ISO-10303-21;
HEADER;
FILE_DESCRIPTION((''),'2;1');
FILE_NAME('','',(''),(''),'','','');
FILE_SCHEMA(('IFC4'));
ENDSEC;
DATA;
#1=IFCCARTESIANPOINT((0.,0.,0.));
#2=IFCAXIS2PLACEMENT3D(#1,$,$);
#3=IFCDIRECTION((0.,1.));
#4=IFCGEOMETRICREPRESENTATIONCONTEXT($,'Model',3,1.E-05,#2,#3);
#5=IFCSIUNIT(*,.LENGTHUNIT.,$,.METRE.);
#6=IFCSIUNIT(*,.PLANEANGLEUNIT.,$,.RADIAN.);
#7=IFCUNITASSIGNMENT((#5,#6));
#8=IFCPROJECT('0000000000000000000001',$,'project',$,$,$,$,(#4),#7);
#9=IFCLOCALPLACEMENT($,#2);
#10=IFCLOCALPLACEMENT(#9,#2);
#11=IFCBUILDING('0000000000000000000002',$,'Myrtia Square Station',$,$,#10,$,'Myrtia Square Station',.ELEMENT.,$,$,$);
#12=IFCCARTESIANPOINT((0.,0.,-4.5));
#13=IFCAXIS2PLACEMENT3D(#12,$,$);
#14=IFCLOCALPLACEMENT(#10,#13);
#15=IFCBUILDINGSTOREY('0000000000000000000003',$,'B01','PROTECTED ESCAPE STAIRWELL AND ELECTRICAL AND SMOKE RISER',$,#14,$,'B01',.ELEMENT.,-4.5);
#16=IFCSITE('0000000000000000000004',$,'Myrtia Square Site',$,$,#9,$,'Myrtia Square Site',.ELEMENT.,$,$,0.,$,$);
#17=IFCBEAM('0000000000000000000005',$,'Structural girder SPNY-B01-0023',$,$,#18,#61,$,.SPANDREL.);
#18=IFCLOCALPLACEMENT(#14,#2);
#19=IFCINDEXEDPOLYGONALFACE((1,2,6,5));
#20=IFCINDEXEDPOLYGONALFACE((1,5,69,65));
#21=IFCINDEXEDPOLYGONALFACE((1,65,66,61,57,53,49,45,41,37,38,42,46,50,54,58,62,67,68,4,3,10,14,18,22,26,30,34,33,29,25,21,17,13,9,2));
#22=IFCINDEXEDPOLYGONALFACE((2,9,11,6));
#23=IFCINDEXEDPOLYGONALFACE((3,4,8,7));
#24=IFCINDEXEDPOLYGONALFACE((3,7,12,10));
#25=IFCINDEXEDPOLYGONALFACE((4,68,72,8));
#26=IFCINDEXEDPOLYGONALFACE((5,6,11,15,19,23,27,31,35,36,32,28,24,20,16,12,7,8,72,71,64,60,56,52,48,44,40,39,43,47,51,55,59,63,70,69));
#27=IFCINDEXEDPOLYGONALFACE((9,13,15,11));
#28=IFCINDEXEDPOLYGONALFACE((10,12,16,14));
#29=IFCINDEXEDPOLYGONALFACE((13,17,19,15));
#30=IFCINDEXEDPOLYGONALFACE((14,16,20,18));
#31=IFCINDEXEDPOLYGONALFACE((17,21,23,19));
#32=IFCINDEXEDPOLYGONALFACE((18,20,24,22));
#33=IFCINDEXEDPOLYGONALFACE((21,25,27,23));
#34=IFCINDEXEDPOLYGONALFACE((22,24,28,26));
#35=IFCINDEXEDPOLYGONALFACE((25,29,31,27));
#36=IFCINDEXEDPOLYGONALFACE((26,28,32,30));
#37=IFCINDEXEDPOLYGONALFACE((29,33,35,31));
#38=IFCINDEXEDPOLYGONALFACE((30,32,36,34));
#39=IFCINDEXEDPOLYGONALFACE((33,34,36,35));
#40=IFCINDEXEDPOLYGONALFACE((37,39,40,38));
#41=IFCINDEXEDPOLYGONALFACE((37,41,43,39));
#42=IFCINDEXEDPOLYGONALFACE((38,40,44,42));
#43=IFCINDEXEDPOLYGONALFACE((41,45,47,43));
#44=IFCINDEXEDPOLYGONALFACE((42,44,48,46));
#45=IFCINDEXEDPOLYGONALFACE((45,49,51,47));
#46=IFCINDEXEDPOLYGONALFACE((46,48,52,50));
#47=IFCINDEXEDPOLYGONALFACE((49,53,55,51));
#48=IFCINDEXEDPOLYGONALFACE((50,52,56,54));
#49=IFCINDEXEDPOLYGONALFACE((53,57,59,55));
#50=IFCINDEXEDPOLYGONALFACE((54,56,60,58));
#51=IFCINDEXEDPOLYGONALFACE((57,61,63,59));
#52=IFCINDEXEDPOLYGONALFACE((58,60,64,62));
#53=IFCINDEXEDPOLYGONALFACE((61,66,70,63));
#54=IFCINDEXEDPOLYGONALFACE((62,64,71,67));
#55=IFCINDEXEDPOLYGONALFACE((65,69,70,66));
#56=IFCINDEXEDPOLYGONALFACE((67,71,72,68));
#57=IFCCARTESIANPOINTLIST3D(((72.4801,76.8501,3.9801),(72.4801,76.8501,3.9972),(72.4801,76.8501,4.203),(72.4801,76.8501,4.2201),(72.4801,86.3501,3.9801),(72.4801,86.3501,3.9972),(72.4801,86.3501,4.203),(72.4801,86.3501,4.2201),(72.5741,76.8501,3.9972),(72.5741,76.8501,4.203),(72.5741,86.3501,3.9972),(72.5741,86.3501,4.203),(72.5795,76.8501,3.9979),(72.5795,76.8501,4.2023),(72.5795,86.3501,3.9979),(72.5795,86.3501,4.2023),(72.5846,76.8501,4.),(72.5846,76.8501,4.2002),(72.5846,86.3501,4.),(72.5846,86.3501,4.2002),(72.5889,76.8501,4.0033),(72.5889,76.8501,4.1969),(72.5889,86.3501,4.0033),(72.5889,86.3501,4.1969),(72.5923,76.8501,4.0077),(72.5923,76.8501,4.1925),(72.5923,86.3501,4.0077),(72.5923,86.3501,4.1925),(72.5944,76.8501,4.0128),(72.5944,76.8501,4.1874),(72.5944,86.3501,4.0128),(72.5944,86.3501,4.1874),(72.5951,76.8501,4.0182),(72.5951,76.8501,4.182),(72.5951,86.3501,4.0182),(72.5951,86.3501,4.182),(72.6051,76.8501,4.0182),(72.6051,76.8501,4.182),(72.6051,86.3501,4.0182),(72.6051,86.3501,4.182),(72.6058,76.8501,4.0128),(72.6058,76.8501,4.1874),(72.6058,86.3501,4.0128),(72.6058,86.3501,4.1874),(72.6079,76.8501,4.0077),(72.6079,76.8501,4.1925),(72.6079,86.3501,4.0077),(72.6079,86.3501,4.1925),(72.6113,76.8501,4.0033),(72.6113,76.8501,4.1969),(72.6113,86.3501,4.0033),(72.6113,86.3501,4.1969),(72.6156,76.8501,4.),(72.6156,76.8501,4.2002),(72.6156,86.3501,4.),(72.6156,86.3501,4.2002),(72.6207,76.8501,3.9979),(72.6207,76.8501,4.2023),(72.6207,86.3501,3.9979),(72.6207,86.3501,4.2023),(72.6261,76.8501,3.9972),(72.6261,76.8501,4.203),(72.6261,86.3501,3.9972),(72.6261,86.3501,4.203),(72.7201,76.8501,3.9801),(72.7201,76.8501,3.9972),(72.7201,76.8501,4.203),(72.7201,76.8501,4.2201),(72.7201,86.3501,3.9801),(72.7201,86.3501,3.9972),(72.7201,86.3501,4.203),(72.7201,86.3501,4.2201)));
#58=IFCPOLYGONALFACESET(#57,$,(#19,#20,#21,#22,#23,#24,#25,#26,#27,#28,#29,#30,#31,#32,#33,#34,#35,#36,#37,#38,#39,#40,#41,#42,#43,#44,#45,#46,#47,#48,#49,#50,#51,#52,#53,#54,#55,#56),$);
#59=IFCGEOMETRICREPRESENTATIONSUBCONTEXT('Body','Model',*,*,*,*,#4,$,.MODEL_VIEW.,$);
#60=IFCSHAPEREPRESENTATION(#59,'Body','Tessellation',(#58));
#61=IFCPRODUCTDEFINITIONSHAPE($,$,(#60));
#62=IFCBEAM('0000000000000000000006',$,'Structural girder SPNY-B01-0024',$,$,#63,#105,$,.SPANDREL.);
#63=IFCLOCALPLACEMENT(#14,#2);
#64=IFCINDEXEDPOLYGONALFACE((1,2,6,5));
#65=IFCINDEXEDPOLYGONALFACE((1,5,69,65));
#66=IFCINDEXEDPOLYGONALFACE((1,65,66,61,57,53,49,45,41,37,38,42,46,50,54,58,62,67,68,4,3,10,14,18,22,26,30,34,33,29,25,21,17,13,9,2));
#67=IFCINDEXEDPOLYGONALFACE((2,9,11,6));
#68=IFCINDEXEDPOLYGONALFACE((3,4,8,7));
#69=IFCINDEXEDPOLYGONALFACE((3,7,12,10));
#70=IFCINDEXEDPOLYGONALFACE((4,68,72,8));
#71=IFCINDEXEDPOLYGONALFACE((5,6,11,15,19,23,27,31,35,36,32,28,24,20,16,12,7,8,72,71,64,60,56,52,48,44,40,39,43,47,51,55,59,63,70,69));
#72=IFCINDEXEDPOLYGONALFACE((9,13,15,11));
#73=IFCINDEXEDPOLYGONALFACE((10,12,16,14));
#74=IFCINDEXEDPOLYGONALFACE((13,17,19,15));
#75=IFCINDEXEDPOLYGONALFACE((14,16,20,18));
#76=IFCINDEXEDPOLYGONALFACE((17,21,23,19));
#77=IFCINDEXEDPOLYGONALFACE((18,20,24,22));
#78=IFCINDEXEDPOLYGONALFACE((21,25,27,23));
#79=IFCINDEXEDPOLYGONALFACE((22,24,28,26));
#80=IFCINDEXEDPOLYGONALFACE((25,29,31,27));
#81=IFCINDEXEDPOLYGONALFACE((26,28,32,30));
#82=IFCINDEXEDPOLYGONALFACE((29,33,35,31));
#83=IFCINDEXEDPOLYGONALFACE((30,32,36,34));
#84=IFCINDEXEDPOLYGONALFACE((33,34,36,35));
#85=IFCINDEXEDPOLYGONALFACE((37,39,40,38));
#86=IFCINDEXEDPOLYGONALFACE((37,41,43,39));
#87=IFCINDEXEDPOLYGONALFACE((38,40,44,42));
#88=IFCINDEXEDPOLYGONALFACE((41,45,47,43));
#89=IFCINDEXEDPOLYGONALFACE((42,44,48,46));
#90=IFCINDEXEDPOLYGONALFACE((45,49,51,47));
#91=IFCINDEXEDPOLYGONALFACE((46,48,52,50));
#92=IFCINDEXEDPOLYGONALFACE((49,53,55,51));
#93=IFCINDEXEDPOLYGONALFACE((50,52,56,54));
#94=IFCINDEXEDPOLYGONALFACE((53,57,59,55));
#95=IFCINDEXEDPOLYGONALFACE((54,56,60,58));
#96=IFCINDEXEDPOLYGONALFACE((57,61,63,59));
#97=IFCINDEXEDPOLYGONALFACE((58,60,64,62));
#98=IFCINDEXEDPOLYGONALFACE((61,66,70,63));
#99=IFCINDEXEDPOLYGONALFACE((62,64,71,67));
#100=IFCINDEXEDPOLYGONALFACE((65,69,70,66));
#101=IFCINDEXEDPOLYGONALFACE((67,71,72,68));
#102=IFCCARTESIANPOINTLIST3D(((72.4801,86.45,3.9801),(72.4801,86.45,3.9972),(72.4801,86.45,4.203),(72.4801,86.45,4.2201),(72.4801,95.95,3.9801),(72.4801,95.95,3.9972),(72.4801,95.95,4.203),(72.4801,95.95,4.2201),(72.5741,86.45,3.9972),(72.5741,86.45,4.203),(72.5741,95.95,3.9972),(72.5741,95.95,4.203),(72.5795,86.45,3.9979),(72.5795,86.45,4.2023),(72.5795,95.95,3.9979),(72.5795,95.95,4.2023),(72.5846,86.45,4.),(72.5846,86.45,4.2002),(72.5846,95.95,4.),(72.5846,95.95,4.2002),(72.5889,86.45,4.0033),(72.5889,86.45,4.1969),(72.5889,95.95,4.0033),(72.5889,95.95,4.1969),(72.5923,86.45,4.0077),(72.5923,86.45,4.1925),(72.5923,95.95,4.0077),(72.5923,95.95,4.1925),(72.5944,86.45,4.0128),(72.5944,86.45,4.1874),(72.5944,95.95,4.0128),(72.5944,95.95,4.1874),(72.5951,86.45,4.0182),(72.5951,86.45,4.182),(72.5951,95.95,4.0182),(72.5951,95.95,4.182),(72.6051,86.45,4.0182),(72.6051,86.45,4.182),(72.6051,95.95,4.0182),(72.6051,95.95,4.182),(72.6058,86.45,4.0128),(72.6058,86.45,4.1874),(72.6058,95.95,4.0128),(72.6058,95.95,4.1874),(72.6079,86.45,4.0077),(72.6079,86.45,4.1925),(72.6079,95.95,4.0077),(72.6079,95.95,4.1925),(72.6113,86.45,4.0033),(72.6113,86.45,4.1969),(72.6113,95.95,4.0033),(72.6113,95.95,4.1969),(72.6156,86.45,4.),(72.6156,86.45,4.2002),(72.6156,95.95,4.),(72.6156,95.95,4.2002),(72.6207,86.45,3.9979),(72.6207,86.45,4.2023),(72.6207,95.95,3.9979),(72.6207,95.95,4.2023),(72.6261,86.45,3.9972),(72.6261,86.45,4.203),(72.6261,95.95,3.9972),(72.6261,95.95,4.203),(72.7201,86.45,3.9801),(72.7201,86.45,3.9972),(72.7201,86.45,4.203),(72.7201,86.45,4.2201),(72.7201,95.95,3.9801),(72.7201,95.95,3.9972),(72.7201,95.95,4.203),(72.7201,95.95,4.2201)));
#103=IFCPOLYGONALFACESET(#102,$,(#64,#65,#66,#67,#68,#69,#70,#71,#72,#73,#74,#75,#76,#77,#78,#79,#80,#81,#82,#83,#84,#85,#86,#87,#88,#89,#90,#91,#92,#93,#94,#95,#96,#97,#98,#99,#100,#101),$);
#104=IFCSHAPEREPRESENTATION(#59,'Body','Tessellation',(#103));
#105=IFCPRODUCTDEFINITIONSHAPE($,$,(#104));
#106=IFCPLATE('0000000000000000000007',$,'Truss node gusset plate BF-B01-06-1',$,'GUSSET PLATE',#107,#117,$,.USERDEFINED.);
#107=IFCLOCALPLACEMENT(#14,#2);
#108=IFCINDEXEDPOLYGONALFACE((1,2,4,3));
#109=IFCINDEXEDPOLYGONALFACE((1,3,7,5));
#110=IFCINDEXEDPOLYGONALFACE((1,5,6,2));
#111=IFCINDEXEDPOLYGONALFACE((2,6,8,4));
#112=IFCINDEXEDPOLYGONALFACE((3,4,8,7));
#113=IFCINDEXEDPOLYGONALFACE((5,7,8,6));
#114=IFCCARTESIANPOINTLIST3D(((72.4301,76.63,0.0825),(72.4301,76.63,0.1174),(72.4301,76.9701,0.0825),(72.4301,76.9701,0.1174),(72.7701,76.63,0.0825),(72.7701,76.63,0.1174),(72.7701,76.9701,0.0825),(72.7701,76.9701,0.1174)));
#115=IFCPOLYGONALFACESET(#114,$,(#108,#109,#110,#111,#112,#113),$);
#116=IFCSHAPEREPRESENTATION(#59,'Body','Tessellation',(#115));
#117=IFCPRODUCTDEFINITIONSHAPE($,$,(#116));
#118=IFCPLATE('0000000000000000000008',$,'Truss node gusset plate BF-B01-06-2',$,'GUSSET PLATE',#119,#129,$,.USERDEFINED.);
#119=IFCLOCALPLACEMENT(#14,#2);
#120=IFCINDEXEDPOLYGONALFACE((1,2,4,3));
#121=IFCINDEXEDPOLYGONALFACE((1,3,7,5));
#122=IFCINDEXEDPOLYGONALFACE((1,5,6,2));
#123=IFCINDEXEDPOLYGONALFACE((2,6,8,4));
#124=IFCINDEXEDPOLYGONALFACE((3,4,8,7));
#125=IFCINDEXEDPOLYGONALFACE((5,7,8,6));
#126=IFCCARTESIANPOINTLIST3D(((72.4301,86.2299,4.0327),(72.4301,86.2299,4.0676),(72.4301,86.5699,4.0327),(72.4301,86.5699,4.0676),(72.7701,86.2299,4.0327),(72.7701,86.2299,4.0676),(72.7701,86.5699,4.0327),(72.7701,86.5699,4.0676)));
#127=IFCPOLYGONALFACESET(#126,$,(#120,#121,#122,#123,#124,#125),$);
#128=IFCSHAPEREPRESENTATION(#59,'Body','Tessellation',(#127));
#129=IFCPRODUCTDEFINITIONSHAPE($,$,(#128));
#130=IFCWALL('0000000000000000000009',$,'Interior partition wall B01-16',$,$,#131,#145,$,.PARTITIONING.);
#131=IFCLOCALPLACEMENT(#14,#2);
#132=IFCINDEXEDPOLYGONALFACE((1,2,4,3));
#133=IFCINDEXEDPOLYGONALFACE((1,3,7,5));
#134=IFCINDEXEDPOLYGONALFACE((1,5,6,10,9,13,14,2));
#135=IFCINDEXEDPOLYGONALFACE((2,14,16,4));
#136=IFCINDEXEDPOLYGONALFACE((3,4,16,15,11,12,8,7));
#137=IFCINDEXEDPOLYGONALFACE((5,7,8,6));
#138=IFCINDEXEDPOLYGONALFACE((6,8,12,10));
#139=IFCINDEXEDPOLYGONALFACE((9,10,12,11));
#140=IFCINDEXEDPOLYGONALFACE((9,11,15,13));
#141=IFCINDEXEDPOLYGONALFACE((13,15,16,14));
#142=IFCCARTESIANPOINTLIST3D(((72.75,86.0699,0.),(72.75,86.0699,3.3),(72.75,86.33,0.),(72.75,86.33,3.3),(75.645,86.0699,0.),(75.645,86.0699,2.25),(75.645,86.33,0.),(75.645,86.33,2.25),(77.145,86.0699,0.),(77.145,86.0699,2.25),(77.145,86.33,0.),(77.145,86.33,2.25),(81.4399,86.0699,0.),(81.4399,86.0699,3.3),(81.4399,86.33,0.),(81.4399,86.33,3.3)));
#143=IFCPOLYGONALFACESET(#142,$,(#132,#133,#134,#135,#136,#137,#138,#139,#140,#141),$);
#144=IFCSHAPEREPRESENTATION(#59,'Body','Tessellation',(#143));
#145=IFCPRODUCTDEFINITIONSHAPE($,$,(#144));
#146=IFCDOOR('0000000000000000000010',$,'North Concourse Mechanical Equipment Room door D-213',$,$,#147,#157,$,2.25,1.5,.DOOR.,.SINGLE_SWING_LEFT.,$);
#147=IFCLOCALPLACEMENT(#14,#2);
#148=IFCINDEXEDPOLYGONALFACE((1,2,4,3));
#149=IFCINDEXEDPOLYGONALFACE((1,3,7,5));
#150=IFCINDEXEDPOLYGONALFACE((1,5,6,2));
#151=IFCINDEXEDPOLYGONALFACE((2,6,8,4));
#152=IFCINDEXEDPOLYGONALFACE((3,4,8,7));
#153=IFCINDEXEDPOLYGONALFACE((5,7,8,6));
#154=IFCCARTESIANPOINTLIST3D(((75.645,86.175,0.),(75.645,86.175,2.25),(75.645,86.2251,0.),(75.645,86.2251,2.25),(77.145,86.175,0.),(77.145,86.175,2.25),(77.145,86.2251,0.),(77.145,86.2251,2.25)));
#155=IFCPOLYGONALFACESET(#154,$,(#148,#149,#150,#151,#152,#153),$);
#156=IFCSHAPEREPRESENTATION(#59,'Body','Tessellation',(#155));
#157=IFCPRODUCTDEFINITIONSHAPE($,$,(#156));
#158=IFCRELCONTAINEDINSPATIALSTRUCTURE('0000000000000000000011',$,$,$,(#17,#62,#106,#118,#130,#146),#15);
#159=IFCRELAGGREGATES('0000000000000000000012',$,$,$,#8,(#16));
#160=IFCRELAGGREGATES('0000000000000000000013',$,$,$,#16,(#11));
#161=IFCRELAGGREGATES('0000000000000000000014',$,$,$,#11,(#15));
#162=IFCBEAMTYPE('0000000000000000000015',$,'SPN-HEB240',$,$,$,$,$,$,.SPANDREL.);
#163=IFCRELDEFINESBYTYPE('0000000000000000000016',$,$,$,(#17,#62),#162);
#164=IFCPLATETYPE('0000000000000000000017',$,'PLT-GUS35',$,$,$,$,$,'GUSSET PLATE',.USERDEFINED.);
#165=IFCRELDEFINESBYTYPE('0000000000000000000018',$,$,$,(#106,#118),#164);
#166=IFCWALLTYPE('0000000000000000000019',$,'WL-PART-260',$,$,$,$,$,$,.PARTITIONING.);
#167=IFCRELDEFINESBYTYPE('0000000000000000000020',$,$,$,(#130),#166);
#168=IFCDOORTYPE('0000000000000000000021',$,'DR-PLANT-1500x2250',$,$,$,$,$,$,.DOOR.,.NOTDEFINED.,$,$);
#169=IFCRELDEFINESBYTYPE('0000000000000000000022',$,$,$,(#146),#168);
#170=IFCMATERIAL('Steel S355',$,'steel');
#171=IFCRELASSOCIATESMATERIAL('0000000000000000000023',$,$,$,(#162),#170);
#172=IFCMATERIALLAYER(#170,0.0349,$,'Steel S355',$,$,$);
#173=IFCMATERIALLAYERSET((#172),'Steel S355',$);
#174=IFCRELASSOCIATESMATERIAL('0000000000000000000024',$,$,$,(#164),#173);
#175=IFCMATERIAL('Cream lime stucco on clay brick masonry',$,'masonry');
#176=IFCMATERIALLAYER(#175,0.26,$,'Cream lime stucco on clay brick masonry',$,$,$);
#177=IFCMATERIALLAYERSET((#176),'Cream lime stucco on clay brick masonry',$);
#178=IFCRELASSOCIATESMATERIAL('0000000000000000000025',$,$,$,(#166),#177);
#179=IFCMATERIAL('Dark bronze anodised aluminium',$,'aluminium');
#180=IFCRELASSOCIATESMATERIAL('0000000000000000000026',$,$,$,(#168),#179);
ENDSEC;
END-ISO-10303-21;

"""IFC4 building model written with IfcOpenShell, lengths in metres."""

from ifc_helpers import new_model, si_unit, direction, frame, frame_2d, origin, origin_2d, place, context, subcontext, project, spatial, rectangle, i_section, extrude, material, layer, layer_set, material_profile, profile_set, type_object, element, fill, save


model = new_model("IFC4")

# Units and contexts
model_context = context("Model", 3, precision=1e-05, world=origin(), true_north=direction((0.0, 1.0)))
body_context = subcontext(model_context, "Body", "Model", "MODEL_VIEW")
ifc_project = project(units=[si_unit("LENGTHUNIT", "METRE"), si_unit("PLANEANGLEUNIT", "RADIAN")], contexts=[model_context])

# Site, building, storey
site_placement = place(None, origin())
site = spatial("IfcSite", under=ifc_project, at=site_placement, Name="Myrtia Square Site", LongName="Myrtia Square Site", CompositionType="ELEMENT", RefElevation=0.0)
building_placement = place(site_placement, origin())
building = spatial("IfcBuilding", under=site, at=building_placement, Name="Myrtia Square Station", LongName="Myrtia Square Station", CompositionType="ELEMENT")
storey_placement = place(building_placement, frame((0.0, 0.0, -4.5)))
storey = spatial("IfcBuildingStorey", under=building, at=storey_placement, Name="B01", Description="PROTECTED ESCAPE STAIRWELL AND ELECTRICAL AND SMOKE RISER", LongName="B01", CompositionType="ELEMENT", Elevation=-4.5)

# Shared definitions
ifc_material_1 = material(Name="Steel S355", Category="steel")

# Beams
ifc_material_profile_1 = material_profile(ifc_material_1, i_section(OverallWidth=0.24, OverallDepth=0.24, WebThickness=0.01, FlangeThickness=0.0171, FilletRadius=0.021, at=origin_2d()), Name="HEB 240")
ifc_profile_set_1 = profile_set([ifc_material_profile_1], Name="Steel S355")
beam_type_1 = type_object("IfcBeamType", Name="SPN-HEB240", PredefinedType="SPANDREL", material=ifc_profile_set_1)
for number, where, z_axis, x_axis, name in (
    (1, (72.6001, 76.8501, 4.1001), (0.0, 1.0, 0.0), (-1.0, 0.0, 0.0), "Structural girder SPNY-B01-0023"),
    (2, (72.6001, 86.45, 4.1001), (0.0, 1.0, 0.0), (-1.0, 0.0, 0.0), "Structural girder SPNY-B01-0024"),
):
    element("IfcBeam", number, at=place(storey_placement, frame(where, z_axis=z_axis, x_axis=x_axis)), inside=storey, type_object=beam_type_1, Name=name, PredefinedType="SPANDREL", context=body_context, shape_type="SweptSolid", body=[
        extrude(i_section(OverallWidth=0.24, OverallDepth=0.24, WebThickness=0.01, FlangeThickness=0.0171, FilletRadius=0.021, at=origin_2d()), origin(), (0.0, 0.0, 1.0), 9.5),
    ])

# Plates
ifc_layer_1 = layer(ifc_material_1, 0.0349, Name="Steel S355")
ifc_layer_set_1 = layer_set([ifc_layer_1], Name="Steel S355")
plate_type = type_object("IfcPlateType", Name="PLT-GUS35", ElementType="GUSSET PLATE", PredefinedType="USERDEFINED", material=ifc_layer_set_1)
for number, where, z_axis, x_axis, name in (
    (3, (72.6001, 76.8, 0.0825), (0.0, 0.0, 1.0), (0.0, 1.0, 0.0), "Truss node gusset plate BF-B01-06-1"),
    (4, (72.6001, 86.3999, 4.0327), (0.0, 0.0, 1.0), (0.0, 1.0, 0.0), "Truss node gusset plate BF-B01-06-2"),
):
    element("IfcPlate", number, at=place(storey_placement, frame(where, z_axis=z_axis, x_axis=x_axis)), inside=storey, type_object=plate_type, Name=name, ObjectType="GUSSET PLATE", PredefinedType="USERDEFINED", context=body_context, shape_type="SweptSolid", body=[
        extrude(rectangle(XDim=0.3401, YDim=0.3401, at=origin_2d()), origin(), (0.0, 0.0, 1.0), 0.0349),
    ])

# Wall, opening, door
ifc_material_2 = material(Name="Cream lime stucco on clay brick masonry", Category="masonry")
ifc_layer_2 = layer(ifc_material_2, 0.26, Name="Cream lime stucco on clay brick masonry")
ifc_layer_set_2 = layer_set([ifc_layer_2], Name="Cream lime stucco on clay brick masonry")
wall_type = type_object("IfcWallType", Name="WL-PART-260", PredefinedType="PARTITIONING", material=ifc_layer_set_2)
wall_placement = place(storey_placement, frame((72.75, 86.2, 0.0), z_axis=(0.0, 0.0, 1.0), x_axis=(1.0, 0.0, 0.0)))
wall = element("IfcWall", 5, at=wall_placement, inside=storey, type_object=wall_type, Name="Interior partition wall B01-16", PredefinedType="PARTITIONING", context=body_context, shape_type="SweptSolid", body=[
    extrude(rectangle(XDim=8.6899, YDim=0.26, at=frame_2d((4.345, 0.0))), origin(), (0.0, 0.0, 1.0), 3.3),
])
opening_placement = place(wall_placement, frame((2.895, 0.0, 0.0)))
opening = element("IfcOpeningElement", 6, at=opening_placement, cuts=wall, PredefinedType="OPENING", context=body_context, shape_type="SweptSolid", body=[
    extrude(rectangle(XDim=1.5, YDim=2.25, at=frame_2d((0.75, 1.125))), frame((0.0, 0.145, 0.0), z_axis=(0.0, -1.0, 0.0), x_axis=(1.0, 0.0, 0.0)), (0.0, 0.0, 1.0), 0.29),
])
ifc_material_3 = material(Name="Dark bronze anodised aluminium", Category="aluminium")
door_type = type_object("IfcDoorType", Name="DR-PLANT-1500x2250", OperationType="NOTDEFINED", PredefinedType="DOOR", material=ifc_material_3)
door_placement = place(opening_placement, frame((1.5, 0.0, 0.0), z_axis=(0.0, 0.0, 1.0), x_axis=(-1.0, 0.0, 0.0)))
door = element("IfcDoor", 7, at=door_placement, inside=storey, type_object=door_type, Name="North Concourse Mechanical Equipment Room door D-213", OperationType="SINGLE_SWING_LEFT", OverallHeight=2.25, OverallWidth=1.5, PredefinedType="DOOR", context=body_context, shape_type="SweptSolid", body=[
    extrude(rectangle(XDim=1.5, YDim=2.25, at=frame_2d((0.75, 1.125))), frame((0.0, 0.0249, 0.0), z_axis=(0.0, -1.0, 0.0), x_axis=(1.0, 0.0, 0.0)), (0.0, 0.0, 1.0), 0.05),
])
fill(opening, door)

save(model, "model.ifc")
